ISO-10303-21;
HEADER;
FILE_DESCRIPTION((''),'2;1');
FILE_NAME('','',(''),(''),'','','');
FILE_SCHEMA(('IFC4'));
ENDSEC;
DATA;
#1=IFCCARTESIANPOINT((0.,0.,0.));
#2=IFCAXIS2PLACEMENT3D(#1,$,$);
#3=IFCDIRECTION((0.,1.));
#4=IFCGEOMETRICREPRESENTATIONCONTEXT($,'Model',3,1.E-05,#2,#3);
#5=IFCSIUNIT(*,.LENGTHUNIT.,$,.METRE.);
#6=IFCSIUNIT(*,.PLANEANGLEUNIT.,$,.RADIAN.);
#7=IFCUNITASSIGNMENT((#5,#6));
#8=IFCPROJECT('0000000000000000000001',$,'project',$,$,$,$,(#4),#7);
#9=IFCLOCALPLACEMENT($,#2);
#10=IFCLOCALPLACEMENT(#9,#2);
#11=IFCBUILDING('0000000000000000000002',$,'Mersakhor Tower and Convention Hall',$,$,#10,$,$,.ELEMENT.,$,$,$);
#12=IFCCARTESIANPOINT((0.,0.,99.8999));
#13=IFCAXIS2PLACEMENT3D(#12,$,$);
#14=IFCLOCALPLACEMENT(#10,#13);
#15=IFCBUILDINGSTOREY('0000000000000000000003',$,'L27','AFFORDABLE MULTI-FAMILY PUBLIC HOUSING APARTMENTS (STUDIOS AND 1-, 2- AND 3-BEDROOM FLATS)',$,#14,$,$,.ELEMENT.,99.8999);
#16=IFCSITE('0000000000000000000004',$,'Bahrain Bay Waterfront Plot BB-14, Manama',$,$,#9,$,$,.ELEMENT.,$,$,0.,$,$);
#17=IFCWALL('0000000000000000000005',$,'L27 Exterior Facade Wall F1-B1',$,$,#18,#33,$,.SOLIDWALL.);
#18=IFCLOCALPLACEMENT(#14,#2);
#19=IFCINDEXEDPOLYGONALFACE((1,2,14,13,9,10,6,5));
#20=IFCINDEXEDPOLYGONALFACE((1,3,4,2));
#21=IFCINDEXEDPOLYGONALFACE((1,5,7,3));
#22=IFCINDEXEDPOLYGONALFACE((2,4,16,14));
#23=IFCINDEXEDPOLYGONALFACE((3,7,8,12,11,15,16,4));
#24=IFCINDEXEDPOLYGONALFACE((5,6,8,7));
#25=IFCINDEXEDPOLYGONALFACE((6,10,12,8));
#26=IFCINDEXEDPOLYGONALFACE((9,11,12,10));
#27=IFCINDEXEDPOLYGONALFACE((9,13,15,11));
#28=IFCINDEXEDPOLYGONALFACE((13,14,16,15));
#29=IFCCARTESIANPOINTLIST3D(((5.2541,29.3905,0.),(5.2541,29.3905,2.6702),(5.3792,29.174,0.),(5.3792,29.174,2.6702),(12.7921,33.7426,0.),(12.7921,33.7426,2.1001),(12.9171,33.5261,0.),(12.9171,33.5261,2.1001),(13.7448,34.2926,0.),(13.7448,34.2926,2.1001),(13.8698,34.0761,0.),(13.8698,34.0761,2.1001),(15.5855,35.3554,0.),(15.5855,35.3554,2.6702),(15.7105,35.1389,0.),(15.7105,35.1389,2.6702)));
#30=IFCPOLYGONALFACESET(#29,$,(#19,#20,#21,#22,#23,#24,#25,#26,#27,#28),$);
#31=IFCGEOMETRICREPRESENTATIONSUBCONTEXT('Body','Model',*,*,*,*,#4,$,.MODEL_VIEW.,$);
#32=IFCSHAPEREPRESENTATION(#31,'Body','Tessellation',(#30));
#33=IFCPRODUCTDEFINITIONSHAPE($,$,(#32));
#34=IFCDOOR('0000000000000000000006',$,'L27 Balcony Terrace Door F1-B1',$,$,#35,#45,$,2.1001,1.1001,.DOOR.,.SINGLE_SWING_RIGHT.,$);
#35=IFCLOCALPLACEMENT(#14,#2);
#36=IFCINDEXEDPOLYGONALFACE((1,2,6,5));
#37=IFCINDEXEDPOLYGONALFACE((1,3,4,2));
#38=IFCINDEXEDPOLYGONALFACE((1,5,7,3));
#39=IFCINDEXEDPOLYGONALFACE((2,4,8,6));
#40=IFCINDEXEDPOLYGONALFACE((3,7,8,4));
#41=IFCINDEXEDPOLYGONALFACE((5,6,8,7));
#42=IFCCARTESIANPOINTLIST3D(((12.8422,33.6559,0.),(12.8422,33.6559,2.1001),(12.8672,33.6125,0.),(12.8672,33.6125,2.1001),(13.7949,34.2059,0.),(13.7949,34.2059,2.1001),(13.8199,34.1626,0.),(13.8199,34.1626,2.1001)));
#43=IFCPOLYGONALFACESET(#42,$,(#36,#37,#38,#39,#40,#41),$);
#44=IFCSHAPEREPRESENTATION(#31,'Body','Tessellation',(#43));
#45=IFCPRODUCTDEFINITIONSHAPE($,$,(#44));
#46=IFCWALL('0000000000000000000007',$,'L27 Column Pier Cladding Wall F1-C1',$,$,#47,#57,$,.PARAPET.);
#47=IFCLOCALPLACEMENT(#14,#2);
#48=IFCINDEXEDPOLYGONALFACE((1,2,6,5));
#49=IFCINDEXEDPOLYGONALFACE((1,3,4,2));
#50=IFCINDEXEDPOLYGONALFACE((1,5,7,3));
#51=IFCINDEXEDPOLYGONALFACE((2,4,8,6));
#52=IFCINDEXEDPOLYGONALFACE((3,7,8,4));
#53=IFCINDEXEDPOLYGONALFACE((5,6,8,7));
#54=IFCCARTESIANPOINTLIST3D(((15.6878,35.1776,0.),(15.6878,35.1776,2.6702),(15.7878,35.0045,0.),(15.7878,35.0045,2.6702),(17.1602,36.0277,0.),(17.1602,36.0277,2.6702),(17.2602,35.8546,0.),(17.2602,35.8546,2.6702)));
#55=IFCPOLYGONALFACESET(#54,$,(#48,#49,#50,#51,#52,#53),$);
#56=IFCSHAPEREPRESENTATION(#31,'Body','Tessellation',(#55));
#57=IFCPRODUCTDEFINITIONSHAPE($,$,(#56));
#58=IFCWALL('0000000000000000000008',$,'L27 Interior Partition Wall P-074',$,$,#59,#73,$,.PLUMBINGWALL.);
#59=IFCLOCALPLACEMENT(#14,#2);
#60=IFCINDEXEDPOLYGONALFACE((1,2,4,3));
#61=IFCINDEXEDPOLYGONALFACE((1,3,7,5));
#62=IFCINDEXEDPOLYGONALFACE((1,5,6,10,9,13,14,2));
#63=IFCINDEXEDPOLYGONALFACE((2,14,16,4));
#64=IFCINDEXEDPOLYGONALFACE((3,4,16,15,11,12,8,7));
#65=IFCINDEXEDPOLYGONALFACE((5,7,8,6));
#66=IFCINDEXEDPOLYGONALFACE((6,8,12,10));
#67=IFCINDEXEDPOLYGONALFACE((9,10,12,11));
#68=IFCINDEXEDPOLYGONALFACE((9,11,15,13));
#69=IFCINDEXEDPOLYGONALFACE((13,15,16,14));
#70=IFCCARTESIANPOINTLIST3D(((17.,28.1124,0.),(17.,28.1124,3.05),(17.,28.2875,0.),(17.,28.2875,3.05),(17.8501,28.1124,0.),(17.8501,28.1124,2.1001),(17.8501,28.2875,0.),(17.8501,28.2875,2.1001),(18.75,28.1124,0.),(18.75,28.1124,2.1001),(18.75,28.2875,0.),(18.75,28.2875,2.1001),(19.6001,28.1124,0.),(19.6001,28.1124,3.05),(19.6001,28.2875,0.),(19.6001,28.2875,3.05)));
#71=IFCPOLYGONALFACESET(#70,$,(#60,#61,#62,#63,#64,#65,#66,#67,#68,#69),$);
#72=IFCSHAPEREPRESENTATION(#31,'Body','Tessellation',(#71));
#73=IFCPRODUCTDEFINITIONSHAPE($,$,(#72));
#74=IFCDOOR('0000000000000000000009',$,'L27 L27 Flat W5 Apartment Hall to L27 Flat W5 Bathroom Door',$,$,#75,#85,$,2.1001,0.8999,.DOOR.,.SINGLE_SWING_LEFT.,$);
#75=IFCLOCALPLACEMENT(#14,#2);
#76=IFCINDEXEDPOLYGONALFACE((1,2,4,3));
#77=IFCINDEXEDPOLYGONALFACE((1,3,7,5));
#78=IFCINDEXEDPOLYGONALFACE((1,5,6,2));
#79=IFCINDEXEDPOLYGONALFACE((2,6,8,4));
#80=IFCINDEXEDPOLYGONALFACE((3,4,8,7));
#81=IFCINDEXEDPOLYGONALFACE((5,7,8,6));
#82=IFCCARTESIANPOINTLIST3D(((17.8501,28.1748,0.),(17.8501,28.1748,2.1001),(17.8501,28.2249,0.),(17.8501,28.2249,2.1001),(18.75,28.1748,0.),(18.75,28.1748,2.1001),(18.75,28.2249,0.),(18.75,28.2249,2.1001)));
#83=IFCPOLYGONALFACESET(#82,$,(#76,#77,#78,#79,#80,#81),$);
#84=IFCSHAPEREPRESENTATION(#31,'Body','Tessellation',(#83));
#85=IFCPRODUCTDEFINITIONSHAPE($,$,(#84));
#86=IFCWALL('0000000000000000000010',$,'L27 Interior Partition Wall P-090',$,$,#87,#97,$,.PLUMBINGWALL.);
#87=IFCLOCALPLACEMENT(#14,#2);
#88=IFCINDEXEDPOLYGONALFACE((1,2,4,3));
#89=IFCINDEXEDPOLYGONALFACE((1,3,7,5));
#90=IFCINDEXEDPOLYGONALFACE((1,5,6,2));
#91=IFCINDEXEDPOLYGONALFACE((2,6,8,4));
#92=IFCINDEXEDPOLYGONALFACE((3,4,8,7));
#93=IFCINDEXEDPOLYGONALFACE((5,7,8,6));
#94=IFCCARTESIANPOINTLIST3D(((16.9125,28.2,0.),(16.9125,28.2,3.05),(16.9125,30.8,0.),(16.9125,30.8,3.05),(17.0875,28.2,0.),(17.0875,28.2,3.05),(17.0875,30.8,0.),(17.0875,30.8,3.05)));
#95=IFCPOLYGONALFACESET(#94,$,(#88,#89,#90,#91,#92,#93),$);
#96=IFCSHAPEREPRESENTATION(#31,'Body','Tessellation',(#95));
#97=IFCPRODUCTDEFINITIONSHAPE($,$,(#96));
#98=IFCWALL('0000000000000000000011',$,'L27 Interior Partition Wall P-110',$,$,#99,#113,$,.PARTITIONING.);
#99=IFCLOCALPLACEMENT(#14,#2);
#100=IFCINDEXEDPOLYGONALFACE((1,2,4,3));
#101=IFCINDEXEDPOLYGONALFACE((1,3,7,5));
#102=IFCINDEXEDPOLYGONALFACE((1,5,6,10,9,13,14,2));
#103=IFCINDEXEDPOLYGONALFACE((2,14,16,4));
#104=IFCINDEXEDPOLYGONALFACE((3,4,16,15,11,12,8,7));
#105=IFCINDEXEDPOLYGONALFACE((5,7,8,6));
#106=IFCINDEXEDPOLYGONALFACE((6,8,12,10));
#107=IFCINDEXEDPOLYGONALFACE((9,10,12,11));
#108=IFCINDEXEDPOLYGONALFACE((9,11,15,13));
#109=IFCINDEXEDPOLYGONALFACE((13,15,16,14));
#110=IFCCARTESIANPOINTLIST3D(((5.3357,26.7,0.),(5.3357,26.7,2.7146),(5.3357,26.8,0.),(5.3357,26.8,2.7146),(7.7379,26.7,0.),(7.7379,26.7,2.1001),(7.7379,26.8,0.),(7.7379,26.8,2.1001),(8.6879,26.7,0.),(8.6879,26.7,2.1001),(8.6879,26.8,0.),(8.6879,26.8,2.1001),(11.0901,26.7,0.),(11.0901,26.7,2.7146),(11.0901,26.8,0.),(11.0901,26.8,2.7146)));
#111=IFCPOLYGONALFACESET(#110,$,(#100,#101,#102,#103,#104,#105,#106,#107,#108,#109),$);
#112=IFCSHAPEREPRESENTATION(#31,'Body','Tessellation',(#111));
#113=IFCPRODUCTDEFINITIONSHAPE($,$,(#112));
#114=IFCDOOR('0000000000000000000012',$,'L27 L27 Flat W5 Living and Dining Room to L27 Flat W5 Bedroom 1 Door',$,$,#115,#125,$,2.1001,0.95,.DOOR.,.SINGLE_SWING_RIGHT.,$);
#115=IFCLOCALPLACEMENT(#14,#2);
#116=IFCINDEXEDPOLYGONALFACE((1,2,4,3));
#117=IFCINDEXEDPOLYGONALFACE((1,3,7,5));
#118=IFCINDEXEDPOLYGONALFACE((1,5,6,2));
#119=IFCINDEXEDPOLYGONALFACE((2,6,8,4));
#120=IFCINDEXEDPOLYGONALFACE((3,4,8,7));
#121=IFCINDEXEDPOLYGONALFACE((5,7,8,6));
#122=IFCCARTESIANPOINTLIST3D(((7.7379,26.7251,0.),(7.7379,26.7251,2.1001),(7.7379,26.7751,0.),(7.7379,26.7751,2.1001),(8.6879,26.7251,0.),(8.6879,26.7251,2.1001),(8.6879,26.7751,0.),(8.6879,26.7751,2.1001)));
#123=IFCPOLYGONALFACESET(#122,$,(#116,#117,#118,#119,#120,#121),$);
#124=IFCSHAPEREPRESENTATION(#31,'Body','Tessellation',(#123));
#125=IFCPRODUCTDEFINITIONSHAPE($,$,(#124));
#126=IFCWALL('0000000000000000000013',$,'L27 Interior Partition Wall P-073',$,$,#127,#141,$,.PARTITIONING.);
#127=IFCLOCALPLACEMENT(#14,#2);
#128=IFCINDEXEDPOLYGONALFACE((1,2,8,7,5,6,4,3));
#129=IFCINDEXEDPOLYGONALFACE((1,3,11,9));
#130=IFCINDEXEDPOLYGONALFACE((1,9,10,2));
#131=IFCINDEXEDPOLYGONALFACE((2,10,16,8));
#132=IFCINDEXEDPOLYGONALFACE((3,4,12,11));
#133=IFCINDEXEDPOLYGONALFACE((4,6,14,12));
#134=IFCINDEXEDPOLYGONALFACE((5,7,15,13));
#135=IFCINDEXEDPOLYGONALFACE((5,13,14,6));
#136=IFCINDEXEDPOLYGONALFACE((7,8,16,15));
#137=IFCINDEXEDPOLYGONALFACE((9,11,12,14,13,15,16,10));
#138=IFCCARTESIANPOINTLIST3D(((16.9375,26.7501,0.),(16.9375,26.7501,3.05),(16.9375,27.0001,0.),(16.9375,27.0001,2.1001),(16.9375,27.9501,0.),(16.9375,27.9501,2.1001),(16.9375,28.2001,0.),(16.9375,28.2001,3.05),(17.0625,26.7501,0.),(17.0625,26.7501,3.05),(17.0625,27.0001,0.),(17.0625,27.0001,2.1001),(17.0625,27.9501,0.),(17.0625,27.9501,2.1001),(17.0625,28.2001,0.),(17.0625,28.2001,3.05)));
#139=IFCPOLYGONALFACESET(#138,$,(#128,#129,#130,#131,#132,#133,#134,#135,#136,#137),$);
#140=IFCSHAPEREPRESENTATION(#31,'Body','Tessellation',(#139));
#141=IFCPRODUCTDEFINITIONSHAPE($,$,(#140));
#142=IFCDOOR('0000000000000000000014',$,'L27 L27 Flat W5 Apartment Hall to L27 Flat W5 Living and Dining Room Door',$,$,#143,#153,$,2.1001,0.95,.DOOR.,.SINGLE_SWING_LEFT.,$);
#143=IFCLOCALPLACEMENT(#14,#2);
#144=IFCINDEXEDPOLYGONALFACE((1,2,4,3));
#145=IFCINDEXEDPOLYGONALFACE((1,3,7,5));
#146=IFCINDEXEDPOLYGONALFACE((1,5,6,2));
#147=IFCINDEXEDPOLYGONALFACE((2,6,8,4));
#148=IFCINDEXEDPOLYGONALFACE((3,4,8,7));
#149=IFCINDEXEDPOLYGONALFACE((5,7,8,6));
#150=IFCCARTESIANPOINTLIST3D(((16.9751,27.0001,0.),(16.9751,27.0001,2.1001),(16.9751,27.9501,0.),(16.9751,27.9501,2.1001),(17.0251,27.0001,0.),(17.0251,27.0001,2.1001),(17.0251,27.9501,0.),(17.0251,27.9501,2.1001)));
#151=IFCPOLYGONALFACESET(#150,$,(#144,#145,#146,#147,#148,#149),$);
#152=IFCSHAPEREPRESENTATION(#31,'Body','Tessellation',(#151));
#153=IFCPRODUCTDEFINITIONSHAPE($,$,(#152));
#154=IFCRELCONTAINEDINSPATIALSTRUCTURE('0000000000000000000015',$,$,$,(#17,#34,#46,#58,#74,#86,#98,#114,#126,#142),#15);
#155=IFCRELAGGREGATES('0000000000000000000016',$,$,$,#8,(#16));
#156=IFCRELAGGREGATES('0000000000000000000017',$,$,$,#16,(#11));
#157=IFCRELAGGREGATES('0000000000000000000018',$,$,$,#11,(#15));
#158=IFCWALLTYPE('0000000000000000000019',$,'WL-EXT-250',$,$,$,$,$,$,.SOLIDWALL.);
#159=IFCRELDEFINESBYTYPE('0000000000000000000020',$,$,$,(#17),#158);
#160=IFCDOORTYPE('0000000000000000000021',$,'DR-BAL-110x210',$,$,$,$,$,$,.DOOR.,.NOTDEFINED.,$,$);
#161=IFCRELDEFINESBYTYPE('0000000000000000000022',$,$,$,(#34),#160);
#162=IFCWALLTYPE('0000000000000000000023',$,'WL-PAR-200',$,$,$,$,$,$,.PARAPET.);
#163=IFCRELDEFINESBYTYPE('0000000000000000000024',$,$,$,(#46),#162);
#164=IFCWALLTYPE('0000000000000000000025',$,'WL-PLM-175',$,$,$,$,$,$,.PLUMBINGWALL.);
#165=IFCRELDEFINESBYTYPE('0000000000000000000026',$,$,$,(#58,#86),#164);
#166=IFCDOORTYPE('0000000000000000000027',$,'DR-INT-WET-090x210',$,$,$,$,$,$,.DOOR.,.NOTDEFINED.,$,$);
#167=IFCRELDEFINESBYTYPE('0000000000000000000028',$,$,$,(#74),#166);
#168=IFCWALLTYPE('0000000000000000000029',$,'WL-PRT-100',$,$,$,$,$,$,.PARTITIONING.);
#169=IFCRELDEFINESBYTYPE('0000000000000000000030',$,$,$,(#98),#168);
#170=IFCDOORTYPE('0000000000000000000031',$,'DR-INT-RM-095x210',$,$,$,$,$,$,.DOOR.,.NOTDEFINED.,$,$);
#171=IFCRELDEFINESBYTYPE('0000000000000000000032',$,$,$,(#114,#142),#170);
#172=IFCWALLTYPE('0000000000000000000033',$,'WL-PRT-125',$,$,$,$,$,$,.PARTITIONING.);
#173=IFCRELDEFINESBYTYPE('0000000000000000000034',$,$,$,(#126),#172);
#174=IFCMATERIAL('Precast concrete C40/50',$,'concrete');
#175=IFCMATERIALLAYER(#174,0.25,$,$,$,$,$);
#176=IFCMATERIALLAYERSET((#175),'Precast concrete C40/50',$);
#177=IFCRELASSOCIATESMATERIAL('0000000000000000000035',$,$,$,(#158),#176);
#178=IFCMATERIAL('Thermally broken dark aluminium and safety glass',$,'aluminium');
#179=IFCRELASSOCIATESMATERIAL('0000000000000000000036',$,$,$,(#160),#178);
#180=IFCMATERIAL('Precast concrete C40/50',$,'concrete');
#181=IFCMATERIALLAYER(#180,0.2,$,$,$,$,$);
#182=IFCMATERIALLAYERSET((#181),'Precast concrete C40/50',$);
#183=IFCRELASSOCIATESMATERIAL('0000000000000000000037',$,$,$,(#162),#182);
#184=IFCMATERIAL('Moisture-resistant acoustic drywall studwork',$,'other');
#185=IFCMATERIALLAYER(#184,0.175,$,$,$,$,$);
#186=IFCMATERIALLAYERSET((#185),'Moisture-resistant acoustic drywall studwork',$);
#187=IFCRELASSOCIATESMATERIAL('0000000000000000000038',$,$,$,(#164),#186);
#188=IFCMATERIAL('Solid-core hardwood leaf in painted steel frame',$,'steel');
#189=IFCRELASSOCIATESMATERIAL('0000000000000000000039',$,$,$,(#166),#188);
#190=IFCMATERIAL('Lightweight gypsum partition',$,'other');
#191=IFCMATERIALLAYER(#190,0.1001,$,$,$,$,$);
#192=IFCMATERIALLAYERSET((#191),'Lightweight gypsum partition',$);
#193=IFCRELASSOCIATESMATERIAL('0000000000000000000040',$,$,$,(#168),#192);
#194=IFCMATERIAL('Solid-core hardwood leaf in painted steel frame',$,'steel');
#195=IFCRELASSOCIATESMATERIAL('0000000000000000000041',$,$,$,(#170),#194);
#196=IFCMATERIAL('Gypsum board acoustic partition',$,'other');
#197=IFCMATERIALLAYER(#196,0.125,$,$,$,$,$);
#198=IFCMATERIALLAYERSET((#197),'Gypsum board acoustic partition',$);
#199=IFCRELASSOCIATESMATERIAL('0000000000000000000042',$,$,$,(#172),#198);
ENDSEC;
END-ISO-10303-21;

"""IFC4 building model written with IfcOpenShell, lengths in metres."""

from ifc_helpers import new_model, si_unit, direction, frame, frame_2d, origin, place, context, subcontext, project, spatial, rectangle, extrude, material, layer, layer_set, type_object, element, fill, save


model = new_model("IFC4")

# Units and contexts
model_context = context("Model", 3, precision=1e-05, world=origin(), true_north=direction((0.0, 1.0)))
body_context = subcontext(model_context, "Body", "Model", "MODEL_VIEW")
ifc_project = project(units=[si_unit("LENGTHUNIT", "METRE"), si_unit("PLANEANGLEUNIT", "RADIAN")], contexts=[model_context])

# Site, building, storey
site_placement = place(None, origin())
site = spatial("IfcSite", under=ifc_project, at=site_placement, Name="Bahrain Bay Waterfront Plot BB-14, Manama", CompositionType="ELEMENT", RefElevation=0.0)
building_placement = place(site_placement, origin())
building = spatial("IfcBuilding", under=site, at=building_placement, Name="Mersakhor Tower and Convention Hall", CompositionType="ELEMENT")
storey_placement = place(building_placement, frame((0.0, 0.0, 99.8999)))
storey = spatial("IfcBuildingStorey", under=building, at=storey_placement, Name="L27", Description="AFFORDABLE MULTI-FAMILY PUBLIC HOUSING APARTMENTS (STUDIOS AND 1-, 2- AND 3-BEDROOM FLATS)", CompositionType="ELEMENT", Elevation=99.8999)

# Wall, opening, door
ifc_material_1 = material(Name="Precast concrete C40/50", Category="concrete")
ifc_layer_1 = layer(ifc_material_1, 0.25)
ifc_layer_set_1 = layer_set([ifc_layer_1], Name="Precast concrete C40/50")
wall_type_1 = type_object("IfcWallType", Name="WL-EXT-250", PredefinedType="SOLIDWALL", material=ifc_layer_set_1)
wall_1_placement = place(storey_placement, frame((5.3167, 29.2822, 0.0), z_axis=(0.0, 0.0, 1.0), x_axis=(0.866023, 0.500004, 0.0)))
wall_1 = element("IfcWall", 1, at=wall_1_placement, inside=storey, type_object=wall_type_1, Name="L27 Exterior Facade Wall F1-B1", PredefinedType="SOLIDWALL", context=body_context, shape_type="SweptSolid", body=[
    extrude(rectangle(XDim=11.9297, YDim=0.25, at=frame_2d((5.9648, 0.0))), origin(), (0.0, 0.0, 1.0), 2.6702),
])
opening_1_placement = place(wall_1_placement, frame((8.7041, 0.0, 0.0)))
opening_1 = element("IfcOpeningElement", 2, at=opening_1_placement, cuts=wall_1, PredefinedType="OPENING", context=body_context, shape_type="SweptSolid", body=[
    extrude(rectangle(XDim=1.1001, YDim=2.1001, at=frame_2d((0.55, 1.05))), frame((0.0, 0.135, 0.0), z_axis=(0.0, -1.0, 0.0), x_axis=(1.0, 0.0, 0.0)), (0.0, 0.0, 1.0), 0.27),
])
ifc_material_2 = material(Name="Thermally broken dark aluminium and safety glass", Category="aluminium")
door_type_1 = type_object("IfcDoorType", Name="DR-BAL-110x210", OperationType="NOTDEFINED", PredefinedType="DOOR", material=ifc_material_2)
door_1_placement = place(opening_1_placement, origin())
door_1 = element("IfcDoor", 3, at=door_1_placement, inside=storey, type_object=door_type_1, Name="L27 Balcony Terrace Door F1-B1", OperationType="SINGLE_SWING_RIGHT", OverallHeight=2.1001, OverallWidth=1.1001, PredefinedType="DOOR", context=body_context, shape_type="SweptSolid", body=[
    extrude(rectangle(XDim=1.1001, YDim=2.1001, at=frame_2d((0.55, 1.05))), frame((0.0, 0.0249, 0.0), z_axis=(0.0, -1.0, 0.0), x_axis=(1.0, 0.0, 0.0)), (0.0, 0.0, 1.0), 0.05),
])
fill(opening_1, door_1)

# Wall
ifc_material_3 = material(Name="Precast concrete C40/50", Category="concrete")
ifc_layer_2 = layer(ifc_material_3, 0.2)
ifc_layer_set_2 = layer_set([ifc_layer_2], Name="Precast concrete C40/50")
wall_type_2 = type_object("IfcWallType", Name="WL-PAR-200", PredefinedType="PARAPET", material=ifc_layer_set_2)
wall_2_placement = place(storey_placement, frame((15.7378, 35.0911, 0.0), z_axis=(0.0, 0.0, 1.0), x_axis=(0.866025, 0.5, 0.0)))
element("IfcWall", 4, at=wall_2_placement, inside=storey, type_object=wall_type_2, Name="L27 Column Pier Cladding Wall F1-C1", PredefinedType="PARAPET", context=body_context, shape_type="SweptSolid", body=[
    extrude(rectangle(XDim=1.7002, YDim=0.2, at=frame_2d((0.8501, 0.0))), origin(), (0.0, 0.0, 1.0), 2.6702),
])

# Wall, opening, door
ifc_material_4 = material(Name="Moisture-resistant acoustic drywall studwork", Category="other")
ifc_layer_3 = layer(ifc_material_4, 0.175)
ifc_layer_set_3 = layer_set([ifc_layer_3], Name="Moisture-resistant acoustic drywall studwork")
wall_type_3 = type_object("IfcWallType", Name="WL-PLM-175", PredefinedType="PLUMBINGWALL", material=ifc_layer_set_3)
wall_3_placement = place(storey_placement, frame((17.0, 28.2, 0.0), z_axis=(0.0, 0.0, 1.0), x_axis=(1.0, 0.0, 0.0)))
wall_3 = element("IfcWall", 5, at=wall_3_placement, inside=storey, type_object=wall_type_3, Name="L27 Interior Partition Wall P-074", PredefinedType="PLUMBINGWALL", context=body_context, shape_type="SweptSolid", body=[
    extrude(rectangle(XDim=2.6001, YDim=0.175, at=frame_2d((1.3, 0.0))), origin(), (0.0, 0.0, 1.0), 3.05),
])
opening_2_placement = place(wall_3_placement, frame((0.8501, 0.0, 0.0)))
opening_2 = element("IfcOpeningElement", 6, at=opening_2_placement, cuts=wall_3, PredefinedType="OPENING", context=body_context, shape_type="SweptSolid", body=[
    extrude(rectangle(XDim=0.8999, YDim=2.1001, at=frame_2d((0.45, 1.05))), frame((0.0, 0.0974, 0.0), z_axis=(0.0, -1.0, 0.0), x_axis=(1.0, 0.0, 0.0)), (0.0, 0.0, 1.0), 0.1951),
])
ifc_material_5 = material(Name="Solid-core hardwood leaf in painted steel frame", Category="steel")
door_type_2 = type_object("IfcDoorType", Name="DR-INT-WET-090x210", OperationType="NOTDEFINED", PredefinedType="DOOR", material=ifc_material_5)
door_2_placement = place(opening_2_placement, origin())
door_2 = element("IfcDoor", 7, at=door_2_placement, inside=storey, type_object=door_type_2, Name="L27 L27 Flat W5 Apartment Hall to L27 Flat W5 Bathroom Door", OperationType="SINGLE_SWING_LEFT", OverallHeight=2.1001, OverallWidth=0.8999, PredefinedType="DOOR", context=body_context, shape_type="SweptSolid", body=[
    extrude(rectangle(XDim=0.8999, YDim=2.1001, at=frame_2d((0.45, 1.05))), frame((0.0, 0.0249, 0.0), z_axis=(0.0, -1.0, 0.0), x_axis=(1.0, 0.0, 0.0)), (0.0, 0.0, 1.0), 0.05),
])
fill(opening_2, door_2)

# Wall
wall_4_placement = place(storey_placement, frame((17.0, 28.2, 0.0), z_axis=(0.0, 0.0, 1.0), x_axis=(0.0, 1.0, 0.0)))
element("IfcWall", 8, at=wall_4_placement, inside=storey, type_object=wall_type_3, Name="L27 Interior Partition Wall P-090", PredefinedType="PLUMBINGWALL", context=body_context, shape_type="SweptSolid", body=[
    extrude(rectangle(XDim=2.6001, YDim=0.175, at=frame_2d((1.3, 0.0))), origin(), (0.0, 0.0, 1.0), 3.05),
])

# Walls, openings, doors
ifc_material_6 = material(Name="Lightweight gypsum partition", Category="other")
ifc_layer_4 = layer(ifc_material_6, 0.1001)
ifc_layer_set_4 = layer_set([ifc_layer_4], Name="Lightweight gypsum partition")
wall_type_4 = type_object("IfcWallType", Name="WL-PRT-100", PredefinedType="PARTITIONING", material=ifc_layer_set_4)
wall_5_placement = place(storey_placement, frame((11.0901, 26.75, 0.0), z_axis=(0.0, 0.0, 1.0), x_axis=(-1.0, 0.0, 0.0)))
wall_5 = element("IfcWall", 9, at=wall_5_placement, inside=storey, type_object=wall_type_4, Name="L27 Interior Partition Wall P-110", PredefinedType="PARTITIONING", context=body_context, shape_type="SweptSolid", body=[
    extrude(rectangle(XDim=5.7544, YDim=0.1001, at=frame_2d((2.8772, 0.0))), origin(), (0.0, 0.0, 1.0), 2.7146),
])
opening_3_placement = place(wall_5_placement, frame((2.4021, 0.0, 0.0)))
opening_3 = element("IfcOpeningElement", 10, at=opening_3_placement, cuts=wall_5, PredefinedType="OPENING", context=body_context, shape_type="SweptSolid", body=[
    extrude(rectangle(XDim=0.95, YDim=2.1001, at=frame_2d((0.4751, 1.05))), frame((0.0, 0.0601, 0.0), z_axis=(0.0, -1.0, 0.0), x_axis=(1.0, 0.0, 0.0)), (0.0, 0.0, 1.0), 0.1201),
])
ifc_material_7 = material(Name="Solid-core hardwood leaf in painted steel frame", Category="steel")
door_type_3 = type_object("IfcDoorType", Name="DR-INT-RM-095x210", OperationType="NOTDEFINED", PredefinedType="DOOR", material=ifc_material_7)
door_3_placement = place(opening_3_placement, origin())
door_3 = element("IfcDoor", 11, at=door_3_placement, inside=storey, type_object=door_type_3, Name="L27 L27 Flat W5 Living and Dining Room to L27 Flat W5 Bedroom 1 Door", OperationType="SINGLE_SWING_RIGHT", OverallHeight=2.1001, OverallWidth=0.95, PredefinedType="DOOR", context=body_context, shape_type="SweptSolid", body=[
    extrude(rectangle(XDim=0.95, YDim=2.1001, at=frame_2d((0.4751, 1.05))), frame((0.0, 0.0249, 0.0), z_axis=(0.0, -1.0, 0.0), x_axis=(1.0, 0.0, 0.0)), (0.0, 0.0, 1.0), 0.05),
])
fill(opening_3, door_3)
ifc_material_8 = material(Name="Gypsum board acoustic partition", Category="other")
ifc_layer_5 = layer(ifc_material_8, 0.125)
ifc_layer_set_5 = layer_set([ifc_layer_5], Name="Gypsum board acoustic partition")
wall_type_5 = type_object("IfcWallType", Name="WL-PRT-125", PredefinedType="PARTITIONING", material=ifc_layer_set_5)
wall_6_placement = place(storey_placement, frame((17.0, 26.75, 0.0), z_axis=(0.0, 0.0, 1.0), x_axis=(0.0, 1.0, 0.0)))
wall_6 = element("IfcWall", 12, at=wall_6_placement, inside=storey, type_object=wall_type_5, Name="L27 Interior Partition Wall P-073", PredefinedType="PARTITIONING", context=body_context, shape_type="SweptSolid", body=[
    extrude(rectangle(XDim=1.45, YDim=0.125, at=frame_2d((0.7251, 0.0))), origin(), (0.0, 0.0, 1.0), 3.05),
])
opening_4_placement = place(wall_6_placement, frame((0.25, 0.0, 0.0)))
opening_4 = element("IfcOpeningElement", 13, at=opening_4_placement, cuts=wall_6, PredefinedType="OPENING", context=body_context, shape_type="SweptSolid", body=[
    extrude(rectangle(XDim=0.95, YDim=2.1001, at=frame_2d((0.4751, 1.05))), frame((0.0, 0.0725, 0.0), z_axis=(0.0, -1.0, 0.0), x_axis=(1.0, 0.0, 0.0)), (0.0, 0.0, 1.0), 0.145),
])
door_4_placement = place(opening_4_placement, origin())
door_4 = element("IfcDoor", 14, at=door_4_placement, inside=storey, type_object=door_type_3, Name="L27 L27 Flat W5 Apartment Hall to L27 Flat W5 Living and Dining Room Door", OperationType="SINGLE_SWING_LEFT", OverallHeight=2.1001, OverallWidth=0.95, PredefinedType="DOOR", context=body_context, shape_type="SweptSolid", body=[
    extrude(rectangle(XDim=0.95, YDim=2.1001, at=frame_2d((0.4751, 1.05))), frame((0.0, 0.0249, 0.0), z_axis=(0.0, -1.0, 0.0), x_axis=(1.0, 0.0, 0.0)), (0.0, 0.0, 1.0), 0.05),
])
fill(opening_4, door_4)

save(model, "model.ifc")
